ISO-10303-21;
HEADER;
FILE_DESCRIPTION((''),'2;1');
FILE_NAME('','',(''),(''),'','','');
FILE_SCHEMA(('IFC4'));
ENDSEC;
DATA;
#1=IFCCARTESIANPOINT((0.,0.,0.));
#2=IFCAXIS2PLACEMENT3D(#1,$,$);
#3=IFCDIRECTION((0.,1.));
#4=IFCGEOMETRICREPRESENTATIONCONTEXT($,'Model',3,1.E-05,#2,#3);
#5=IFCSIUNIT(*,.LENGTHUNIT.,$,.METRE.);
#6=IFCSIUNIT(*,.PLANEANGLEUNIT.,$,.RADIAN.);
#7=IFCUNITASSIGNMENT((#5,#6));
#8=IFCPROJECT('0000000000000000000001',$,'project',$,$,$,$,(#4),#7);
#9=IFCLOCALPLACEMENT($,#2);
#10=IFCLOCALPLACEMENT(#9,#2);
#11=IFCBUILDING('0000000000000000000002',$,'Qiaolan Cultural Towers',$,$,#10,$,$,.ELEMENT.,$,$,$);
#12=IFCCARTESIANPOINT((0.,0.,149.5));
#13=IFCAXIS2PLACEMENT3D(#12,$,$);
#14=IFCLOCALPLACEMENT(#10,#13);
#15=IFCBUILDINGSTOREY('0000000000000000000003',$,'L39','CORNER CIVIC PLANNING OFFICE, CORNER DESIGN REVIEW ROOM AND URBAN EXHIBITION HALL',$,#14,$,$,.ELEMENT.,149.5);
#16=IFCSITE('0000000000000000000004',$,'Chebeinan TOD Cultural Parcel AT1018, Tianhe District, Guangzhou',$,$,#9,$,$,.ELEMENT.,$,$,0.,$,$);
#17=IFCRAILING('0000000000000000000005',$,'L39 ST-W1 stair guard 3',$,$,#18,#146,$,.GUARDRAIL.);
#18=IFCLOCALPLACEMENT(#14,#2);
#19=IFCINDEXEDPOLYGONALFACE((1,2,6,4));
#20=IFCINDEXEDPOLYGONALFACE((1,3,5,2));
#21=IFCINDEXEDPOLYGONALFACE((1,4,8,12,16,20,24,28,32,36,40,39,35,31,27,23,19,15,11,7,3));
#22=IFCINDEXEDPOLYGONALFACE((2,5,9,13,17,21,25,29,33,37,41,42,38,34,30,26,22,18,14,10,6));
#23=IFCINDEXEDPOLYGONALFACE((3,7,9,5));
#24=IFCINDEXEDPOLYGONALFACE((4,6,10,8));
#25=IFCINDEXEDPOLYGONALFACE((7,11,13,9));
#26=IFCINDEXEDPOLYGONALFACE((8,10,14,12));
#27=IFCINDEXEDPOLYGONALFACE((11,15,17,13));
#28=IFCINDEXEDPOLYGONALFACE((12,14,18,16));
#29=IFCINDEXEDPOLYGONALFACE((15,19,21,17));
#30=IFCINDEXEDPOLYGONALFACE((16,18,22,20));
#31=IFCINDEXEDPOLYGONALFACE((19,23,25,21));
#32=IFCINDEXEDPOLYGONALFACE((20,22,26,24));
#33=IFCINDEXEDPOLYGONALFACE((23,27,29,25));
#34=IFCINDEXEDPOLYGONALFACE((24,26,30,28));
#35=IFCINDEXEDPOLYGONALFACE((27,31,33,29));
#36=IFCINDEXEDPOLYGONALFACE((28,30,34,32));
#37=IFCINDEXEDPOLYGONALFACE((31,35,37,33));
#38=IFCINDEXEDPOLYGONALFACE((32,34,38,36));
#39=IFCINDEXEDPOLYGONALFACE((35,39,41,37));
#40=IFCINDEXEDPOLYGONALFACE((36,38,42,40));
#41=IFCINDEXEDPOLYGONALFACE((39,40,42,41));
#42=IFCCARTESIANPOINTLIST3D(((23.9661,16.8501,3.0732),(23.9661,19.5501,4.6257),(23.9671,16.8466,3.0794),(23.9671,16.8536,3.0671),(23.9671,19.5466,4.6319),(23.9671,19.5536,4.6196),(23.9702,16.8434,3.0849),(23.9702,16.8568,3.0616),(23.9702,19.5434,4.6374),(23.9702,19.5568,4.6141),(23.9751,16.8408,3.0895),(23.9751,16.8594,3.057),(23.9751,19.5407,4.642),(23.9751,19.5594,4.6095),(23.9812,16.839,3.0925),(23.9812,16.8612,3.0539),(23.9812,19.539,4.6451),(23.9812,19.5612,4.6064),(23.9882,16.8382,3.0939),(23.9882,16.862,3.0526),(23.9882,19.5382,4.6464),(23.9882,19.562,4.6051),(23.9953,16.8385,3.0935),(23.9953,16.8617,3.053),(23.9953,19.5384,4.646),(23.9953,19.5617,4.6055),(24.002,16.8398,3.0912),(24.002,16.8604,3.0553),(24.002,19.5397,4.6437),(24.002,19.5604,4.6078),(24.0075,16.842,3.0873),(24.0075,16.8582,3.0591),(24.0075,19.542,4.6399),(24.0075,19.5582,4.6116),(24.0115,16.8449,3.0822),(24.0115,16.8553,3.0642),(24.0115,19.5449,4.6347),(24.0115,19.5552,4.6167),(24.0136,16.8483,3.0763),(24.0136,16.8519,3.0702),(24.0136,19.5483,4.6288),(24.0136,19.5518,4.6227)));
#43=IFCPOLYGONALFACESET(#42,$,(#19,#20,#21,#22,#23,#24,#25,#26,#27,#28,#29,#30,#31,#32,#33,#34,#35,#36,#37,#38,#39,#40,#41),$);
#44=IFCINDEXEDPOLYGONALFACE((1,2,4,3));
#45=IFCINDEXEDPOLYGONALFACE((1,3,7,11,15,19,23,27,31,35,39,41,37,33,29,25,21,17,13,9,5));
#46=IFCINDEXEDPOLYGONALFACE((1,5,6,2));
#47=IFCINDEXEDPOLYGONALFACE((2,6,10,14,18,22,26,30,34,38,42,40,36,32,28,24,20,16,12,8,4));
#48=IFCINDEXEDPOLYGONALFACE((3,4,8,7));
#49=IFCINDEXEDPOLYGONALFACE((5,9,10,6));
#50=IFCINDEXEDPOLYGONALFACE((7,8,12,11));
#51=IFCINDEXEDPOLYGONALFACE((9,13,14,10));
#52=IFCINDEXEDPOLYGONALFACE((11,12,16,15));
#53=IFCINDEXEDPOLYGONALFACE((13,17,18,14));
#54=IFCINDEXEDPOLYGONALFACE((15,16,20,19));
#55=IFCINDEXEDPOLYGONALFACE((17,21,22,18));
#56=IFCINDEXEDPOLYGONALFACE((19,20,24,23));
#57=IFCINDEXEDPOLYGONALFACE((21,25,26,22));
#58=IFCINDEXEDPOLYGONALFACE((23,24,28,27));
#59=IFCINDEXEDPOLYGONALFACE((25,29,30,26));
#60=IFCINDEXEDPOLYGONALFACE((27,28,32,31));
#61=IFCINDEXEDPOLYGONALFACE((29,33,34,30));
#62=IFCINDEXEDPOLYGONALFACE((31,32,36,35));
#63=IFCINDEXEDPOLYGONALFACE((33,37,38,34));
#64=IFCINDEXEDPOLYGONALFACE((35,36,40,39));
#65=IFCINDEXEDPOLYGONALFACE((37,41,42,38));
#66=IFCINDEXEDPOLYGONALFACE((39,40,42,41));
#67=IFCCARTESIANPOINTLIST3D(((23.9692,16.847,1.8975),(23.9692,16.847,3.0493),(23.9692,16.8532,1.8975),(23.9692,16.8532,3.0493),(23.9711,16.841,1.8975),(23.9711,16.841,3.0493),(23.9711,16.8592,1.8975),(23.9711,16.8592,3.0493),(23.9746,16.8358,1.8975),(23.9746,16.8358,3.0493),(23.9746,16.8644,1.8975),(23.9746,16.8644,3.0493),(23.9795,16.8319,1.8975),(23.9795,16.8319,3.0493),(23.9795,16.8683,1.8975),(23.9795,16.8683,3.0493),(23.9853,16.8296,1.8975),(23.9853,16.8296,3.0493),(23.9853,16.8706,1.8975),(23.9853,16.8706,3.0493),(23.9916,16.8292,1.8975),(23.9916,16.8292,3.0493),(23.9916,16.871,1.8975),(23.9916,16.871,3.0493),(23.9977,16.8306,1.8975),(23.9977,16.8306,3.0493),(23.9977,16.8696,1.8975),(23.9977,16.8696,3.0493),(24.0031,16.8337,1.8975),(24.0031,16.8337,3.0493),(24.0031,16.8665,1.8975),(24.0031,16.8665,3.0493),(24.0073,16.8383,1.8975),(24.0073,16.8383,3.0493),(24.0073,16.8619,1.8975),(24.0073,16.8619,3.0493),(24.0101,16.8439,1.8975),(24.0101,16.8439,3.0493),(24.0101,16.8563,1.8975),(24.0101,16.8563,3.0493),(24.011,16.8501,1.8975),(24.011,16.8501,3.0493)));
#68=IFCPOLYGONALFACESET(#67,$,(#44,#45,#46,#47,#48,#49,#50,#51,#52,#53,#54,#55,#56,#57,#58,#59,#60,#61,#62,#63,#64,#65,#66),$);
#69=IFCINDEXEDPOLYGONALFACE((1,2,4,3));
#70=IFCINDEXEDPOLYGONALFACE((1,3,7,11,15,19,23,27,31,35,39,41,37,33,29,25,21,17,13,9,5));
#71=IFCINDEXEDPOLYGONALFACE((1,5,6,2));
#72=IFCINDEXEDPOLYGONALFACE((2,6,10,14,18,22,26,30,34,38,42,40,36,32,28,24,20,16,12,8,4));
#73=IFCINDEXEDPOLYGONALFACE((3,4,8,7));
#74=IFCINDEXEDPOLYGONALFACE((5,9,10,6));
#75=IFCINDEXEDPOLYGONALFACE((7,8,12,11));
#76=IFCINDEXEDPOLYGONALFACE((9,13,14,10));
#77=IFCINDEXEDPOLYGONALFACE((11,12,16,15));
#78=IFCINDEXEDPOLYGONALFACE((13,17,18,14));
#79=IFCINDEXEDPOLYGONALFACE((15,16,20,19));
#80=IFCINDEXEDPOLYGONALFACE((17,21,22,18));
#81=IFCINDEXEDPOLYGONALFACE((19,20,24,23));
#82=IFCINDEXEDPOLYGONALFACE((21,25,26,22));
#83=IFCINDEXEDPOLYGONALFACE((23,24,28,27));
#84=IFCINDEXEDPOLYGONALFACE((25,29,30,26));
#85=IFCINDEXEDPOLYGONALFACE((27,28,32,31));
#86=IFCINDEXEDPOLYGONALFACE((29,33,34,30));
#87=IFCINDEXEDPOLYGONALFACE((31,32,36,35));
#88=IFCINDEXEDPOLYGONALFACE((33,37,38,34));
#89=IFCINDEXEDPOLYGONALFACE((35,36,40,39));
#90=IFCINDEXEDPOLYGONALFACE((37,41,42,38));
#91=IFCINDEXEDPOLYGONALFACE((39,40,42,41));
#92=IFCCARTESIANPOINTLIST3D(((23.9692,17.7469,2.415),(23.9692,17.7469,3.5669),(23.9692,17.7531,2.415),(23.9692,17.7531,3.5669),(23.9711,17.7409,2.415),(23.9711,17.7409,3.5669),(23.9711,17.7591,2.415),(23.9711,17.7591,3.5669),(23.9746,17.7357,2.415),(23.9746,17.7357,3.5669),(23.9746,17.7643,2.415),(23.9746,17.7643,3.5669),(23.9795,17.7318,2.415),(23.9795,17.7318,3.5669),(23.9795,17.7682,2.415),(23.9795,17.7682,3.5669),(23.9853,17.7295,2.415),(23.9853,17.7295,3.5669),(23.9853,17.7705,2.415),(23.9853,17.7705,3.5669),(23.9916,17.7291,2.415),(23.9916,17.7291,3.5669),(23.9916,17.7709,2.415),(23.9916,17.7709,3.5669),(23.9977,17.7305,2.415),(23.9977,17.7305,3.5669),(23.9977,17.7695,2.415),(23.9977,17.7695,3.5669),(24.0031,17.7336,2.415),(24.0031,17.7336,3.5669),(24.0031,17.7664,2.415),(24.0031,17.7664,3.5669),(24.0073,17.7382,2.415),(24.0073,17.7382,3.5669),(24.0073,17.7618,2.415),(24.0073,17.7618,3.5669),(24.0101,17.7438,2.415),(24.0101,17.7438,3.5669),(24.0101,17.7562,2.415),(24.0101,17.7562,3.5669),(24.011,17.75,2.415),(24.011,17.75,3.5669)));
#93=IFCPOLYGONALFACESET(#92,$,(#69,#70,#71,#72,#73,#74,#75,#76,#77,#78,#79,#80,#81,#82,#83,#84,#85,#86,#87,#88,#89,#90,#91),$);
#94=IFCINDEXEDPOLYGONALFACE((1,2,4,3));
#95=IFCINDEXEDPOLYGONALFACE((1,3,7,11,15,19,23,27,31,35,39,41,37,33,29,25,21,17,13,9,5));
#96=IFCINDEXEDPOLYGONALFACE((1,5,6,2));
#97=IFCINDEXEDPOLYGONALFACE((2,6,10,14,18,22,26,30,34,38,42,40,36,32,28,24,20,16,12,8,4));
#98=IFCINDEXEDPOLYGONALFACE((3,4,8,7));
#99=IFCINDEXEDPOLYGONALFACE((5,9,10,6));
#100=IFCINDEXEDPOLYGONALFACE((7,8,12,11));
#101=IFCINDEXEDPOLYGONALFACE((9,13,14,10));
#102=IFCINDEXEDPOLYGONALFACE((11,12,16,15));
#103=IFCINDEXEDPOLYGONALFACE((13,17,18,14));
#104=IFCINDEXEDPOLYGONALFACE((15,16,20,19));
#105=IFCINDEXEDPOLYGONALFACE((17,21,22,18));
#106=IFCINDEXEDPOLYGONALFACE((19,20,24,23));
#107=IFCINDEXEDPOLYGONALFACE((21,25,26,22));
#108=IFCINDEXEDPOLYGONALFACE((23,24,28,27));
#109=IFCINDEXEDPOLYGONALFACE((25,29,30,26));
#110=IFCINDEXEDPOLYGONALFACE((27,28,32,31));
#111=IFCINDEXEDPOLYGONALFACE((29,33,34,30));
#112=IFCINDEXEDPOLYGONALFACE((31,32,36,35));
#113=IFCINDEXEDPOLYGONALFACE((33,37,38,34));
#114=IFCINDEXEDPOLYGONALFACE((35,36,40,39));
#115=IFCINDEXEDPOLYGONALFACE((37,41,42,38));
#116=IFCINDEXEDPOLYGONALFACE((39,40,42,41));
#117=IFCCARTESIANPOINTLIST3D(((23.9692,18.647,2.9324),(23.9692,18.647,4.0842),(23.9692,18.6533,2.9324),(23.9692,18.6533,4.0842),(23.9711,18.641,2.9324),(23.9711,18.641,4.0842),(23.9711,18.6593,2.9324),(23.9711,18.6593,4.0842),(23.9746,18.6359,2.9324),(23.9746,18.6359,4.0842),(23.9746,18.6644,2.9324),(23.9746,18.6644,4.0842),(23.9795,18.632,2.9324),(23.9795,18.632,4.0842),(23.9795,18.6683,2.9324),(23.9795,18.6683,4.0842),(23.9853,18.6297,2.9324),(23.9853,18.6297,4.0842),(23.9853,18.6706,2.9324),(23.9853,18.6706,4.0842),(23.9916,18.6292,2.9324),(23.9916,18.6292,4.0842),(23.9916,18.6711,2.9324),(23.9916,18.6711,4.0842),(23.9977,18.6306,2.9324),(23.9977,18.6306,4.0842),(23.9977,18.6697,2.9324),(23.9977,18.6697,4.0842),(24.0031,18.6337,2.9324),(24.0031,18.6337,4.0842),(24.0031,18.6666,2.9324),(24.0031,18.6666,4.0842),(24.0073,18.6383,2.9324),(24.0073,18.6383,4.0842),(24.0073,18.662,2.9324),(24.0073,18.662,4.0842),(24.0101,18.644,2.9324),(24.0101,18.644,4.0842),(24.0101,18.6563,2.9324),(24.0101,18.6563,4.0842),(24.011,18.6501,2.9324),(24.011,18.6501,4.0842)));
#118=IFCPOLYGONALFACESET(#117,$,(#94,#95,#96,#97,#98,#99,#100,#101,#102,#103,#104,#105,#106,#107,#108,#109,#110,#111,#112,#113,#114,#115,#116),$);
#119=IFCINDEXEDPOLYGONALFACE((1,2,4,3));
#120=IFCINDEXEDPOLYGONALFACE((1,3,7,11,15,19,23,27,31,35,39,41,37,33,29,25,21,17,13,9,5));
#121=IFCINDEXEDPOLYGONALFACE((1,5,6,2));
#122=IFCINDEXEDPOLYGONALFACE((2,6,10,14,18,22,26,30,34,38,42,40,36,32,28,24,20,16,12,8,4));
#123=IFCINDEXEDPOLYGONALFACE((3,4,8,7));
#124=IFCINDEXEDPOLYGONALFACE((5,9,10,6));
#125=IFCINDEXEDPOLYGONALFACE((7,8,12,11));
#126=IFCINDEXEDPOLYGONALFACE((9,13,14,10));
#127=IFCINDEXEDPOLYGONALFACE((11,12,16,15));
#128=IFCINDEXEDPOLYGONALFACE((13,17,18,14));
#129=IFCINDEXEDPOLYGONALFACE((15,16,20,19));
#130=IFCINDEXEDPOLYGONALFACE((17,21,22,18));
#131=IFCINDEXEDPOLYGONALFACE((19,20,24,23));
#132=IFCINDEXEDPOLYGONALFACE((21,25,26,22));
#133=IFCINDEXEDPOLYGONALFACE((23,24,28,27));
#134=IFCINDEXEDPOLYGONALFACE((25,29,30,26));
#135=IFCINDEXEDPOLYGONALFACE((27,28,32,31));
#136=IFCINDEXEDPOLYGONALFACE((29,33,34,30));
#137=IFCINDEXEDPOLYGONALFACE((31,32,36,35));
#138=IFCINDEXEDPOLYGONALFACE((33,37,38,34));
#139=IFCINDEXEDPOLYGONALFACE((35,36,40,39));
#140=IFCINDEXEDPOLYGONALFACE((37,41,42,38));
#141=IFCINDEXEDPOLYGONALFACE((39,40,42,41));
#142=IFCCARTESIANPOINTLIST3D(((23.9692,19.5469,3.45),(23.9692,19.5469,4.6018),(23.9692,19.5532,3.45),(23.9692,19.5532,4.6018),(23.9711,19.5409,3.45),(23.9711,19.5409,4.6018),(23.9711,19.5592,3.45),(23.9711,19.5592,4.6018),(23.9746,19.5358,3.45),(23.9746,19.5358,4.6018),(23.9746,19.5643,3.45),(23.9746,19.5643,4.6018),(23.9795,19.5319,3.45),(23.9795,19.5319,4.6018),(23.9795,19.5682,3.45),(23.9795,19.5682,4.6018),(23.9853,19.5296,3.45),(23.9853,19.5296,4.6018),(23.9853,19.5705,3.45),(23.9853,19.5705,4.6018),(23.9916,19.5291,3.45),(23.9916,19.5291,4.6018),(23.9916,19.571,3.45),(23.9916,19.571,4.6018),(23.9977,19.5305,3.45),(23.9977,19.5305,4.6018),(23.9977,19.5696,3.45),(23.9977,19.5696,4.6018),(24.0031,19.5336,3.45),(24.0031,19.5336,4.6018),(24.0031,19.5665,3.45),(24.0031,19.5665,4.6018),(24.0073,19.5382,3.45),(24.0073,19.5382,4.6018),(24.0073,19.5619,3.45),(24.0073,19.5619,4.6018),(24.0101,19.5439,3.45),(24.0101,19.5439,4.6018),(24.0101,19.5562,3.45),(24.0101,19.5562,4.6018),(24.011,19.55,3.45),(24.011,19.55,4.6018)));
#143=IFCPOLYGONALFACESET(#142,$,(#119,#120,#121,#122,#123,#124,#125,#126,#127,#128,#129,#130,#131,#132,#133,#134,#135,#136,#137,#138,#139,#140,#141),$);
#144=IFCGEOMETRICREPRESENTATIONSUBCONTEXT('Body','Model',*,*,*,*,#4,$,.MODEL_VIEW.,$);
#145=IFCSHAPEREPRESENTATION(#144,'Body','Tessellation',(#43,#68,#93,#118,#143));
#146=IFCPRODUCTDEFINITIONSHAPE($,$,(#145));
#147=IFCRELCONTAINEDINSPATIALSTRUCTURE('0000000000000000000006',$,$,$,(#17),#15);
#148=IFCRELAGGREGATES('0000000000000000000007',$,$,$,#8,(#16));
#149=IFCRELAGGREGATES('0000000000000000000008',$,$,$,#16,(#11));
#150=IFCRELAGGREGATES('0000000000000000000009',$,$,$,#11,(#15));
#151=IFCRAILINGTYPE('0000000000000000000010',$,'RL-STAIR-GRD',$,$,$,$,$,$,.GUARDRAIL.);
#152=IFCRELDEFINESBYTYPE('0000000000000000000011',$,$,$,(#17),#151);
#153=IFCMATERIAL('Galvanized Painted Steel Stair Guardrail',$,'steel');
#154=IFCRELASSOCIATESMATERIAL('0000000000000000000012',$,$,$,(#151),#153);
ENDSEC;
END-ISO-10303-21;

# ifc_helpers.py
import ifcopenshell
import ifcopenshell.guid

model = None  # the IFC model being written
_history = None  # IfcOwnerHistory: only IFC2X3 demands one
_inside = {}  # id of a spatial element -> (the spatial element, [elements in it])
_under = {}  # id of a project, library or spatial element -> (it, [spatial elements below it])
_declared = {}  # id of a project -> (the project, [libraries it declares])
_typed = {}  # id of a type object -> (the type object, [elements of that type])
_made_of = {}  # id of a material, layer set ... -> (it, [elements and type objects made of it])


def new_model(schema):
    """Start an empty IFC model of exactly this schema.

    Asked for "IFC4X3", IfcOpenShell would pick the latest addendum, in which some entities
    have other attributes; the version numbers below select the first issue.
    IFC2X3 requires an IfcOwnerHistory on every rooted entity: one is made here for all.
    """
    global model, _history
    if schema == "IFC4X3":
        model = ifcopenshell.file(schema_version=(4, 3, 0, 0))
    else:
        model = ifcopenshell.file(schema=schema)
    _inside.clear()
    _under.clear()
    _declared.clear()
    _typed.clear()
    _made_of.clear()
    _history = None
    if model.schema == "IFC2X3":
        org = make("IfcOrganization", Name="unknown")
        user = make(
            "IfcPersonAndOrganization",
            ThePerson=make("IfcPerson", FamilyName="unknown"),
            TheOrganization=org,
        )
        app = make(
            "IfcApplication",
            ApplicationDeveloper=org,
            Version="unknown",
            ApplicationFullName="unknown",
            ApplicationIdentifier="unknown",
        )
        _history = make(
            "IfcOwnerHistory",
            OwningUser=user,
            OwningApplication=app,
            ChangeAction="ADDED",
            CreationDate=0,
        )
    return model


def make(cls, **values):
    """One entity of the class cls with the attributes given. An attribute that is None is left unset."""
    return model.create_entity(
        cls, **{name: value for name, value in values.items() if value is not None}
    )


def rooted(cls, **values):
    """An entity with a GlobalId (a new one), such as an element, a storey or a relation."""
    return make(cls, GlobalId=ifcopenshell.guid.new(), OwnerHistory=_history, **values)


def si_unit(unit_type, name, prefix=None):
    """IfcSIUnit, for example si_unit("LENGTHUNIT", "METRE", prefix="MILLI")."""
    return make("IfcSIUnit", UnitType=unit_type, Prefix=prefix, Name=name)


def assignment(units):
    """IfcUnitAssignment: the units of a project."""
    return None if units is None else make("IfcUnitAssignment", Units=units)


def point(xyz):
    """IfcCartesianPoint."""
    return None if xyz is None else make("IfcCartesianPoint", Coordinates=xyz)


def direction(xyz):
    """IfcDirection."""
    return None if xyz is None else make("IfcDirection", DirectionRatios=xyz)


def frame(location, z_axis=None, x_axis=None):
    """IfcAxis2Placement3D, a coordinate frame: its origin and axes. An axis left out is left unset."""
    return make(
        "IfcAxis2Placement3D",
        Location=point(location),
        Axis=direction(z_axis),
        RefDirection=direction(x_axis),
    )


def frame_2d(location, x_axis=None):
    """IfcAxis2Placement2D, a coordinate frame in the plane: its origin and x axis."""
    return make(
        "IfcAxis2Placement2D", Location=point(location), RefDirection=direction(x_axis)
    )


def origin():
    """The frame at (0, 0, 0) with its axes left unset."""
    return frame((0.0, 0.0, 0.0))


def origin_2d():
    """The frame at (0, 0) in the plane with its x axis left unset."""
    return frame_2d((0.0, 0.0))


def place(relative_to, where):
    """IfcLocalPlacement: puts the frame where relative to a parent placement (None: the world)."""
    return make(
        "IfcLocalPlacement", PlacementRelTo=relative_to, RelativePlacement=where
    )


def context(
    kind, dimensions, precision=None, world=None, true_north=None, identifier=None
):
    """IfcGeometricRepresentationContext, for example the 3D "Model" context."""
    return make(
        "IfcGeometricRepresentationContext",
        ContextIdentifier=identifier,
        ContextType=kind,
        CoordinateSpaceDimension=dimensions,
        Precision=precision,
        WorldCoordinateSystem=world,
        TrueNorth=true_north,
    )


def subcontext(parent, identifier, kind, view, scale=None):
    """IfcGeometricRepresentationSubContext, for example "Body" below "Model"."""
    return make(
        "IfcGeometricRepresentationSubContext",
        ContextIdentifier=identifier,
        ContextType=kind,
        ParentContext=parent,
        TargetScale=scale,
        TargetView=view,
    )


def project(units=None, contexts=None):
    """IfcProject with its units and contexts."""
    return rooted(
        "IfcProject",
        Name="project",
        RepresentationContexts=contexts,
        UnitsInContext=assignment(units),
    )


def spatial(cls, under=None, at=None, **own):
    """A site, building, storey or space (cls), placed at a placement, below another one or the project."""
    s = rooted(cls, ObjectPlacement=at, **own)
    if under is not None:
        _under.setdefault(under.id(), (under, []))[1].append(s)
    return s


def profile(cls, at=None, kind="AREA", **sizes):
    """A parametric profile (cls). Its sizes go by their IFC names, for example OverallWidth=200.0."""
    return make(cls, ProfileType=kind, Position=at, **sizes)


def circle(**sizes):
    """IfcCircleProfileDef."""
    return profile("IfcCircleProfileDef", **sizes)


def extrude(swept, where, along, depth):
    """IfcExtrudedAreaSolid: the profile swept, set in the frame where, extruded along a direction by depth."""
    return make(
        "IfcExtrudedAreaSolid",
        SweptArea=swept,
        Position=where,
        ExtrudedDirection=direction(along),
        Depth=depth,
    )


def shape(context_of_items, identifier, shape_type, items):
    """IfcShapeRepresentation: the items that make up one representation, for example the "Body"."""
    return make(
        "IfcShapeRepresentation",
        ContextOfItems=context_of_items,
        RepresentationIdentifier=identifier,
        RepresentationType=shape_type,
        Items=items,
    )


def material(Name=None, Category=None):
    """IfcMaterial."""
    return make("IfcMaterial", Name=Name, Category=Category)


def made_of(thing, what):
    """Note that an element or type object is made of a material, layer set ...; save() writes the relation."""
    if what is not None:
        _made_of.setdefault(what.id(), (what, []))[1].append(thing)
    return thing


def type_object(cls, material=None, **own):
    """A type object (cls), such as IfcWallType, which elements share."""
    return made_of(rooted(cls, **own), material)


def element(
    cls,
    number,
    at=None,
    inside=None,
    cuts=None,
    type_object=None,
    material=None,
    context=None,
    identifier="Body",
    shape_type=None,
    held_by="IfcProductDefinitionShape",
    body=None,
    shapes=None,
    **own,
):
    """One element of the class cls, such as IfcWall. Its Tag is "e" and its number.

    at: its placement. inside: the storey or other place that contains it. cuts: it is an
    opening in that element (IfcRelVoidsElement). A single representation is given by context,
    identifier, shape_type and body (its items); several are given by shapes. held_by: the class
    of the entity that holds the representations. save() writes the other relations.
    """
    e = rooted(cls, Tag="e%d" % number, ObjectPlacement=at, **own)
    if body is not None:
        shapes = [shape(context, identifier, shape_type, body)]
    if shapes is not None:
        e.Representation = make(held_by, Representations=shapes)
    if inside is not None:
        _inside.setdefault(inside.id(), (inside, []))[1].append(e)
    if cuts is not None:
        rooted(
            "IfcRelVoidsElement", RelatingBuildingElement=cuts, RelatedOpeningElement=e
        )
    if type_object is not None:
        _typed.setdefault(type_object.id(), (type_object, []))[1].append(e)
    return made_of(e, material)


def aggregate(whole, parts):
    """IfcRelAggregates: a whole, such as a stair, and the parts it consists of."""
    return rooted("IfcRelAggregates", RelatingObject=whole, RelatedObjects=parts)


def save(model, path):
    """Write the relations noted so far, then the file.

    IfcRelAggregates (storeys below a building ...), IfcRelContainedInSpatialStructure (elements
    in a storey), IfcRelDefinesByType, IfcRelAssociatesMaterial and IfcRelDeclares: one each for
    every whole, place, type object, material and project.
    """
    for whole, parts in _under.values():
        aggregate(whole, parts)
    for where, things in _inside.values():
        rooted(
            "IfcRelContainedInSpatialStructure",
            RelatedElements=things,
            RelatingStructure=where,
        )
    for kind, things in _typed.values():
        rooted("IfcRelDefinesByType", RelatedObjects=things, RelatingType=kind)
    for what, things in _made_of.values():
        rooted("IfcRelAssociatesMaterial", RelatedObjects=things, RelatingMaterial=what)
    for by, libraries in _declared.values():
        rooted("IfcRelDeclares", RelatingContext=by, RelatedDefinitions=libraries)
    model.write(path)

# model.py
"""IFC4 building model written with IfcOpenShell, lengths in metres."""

from ifc_helpers import new_model, si_unit, direction, frame, origin, origin_2d, place, context, subcontext, project, spatial, circle, extrude, material, type_object, element, save


model = new_model("IFC4")

# Units and contexts
model_context = context("Model", 3, precision=1e-05, world=origin(), true_north=direction((0.0, 1.0)))
body_context = subcontext(model_context, "Body", "Model", "MODEL_VIEW")
ifc_project = project(units=[si_unit("LENGTHUNIT", "METRE"), si_unit("PLANEANGLEUNIT", "RADIAN")], contexts=[model_context])

# Site, building, storey
site_placement = place(None, origin())
site = spatial("IfcSite", under=ifc_project, at=site_placement, Name="Chebeinan TOD Cultural Parcel AT1018, Tianhe District, Guangzhou", CompositionType="ELEMENT", RefElevation=0.0)
building_placement = place(site_placement, origin())
building = spatial("IfcBuilding", under=site, at=building_placement, Name="Qiaolan Cultural Towers", CompositionType="ELEMENT")
storey_placement = place(building_placement, frame((0.0, 0.0, 149.5)))
storey = spatial("IfcBuildingStorey", under=building, at=storey_placement, Name="L39", Description="CORNER CIVIC PLANNING OFFICE, CORNER DESIGN REVIEW ROOM AND URBAN EXHIBITION HALL", CompositionType="ELEMENT", Elevation=149.5)

# Railing
ifc_material_1 = material(Name="Galvanized Painted Steel Stair Guardrail", Category="steel")
railing_type_1 = type_object("IfcRailingType", Name="RL-STAIR-GRD", PredefinedType="GUARDRAIL", material=ifc_material_1)
railing_1_placement = place(storey_placement, frame((23.99, 16.8501, 1.8975)))
element("IfcRailing", 1, at=railing_1_placement, inside=storey, type_object=railing_type_1, Name="L39 ST-W1 stair guard 3", PredefinedType="GUARDRAIL", context=body_context, shape_type="SweptSolid", body=[
    extrude(circle(Radius=0.0239, at=origin_2d()), frame((0.0, 0.0, 1.1758), z_axis=(0.0, 0.866904, 0.498476), x_axis=(-1.0, 0.0, 0.0)), (0.0, 0.0, 1.0), 3.1145),
    extrude(circle(Radius=0.021, at=origin_2d()), origin(), (0.0, 0.0, 1.0), 1.1519),
    extrude(circle(Radius=0.021, at=origin_2d()), frame((0.0, 0.8999, 0.5176)), (0.0, 0.0, 1.0), 1.1519),
    extrude(circle(Radius=0.021, at=origin_2d()), frame((0.0, 1.8, 1.0349)), (0.0, 0.0, 1.0), 1.1519),
    extrude(circle(Radius=0.021, at=origin_2d()), frame((0.0, 2.7, 1.5525)), (0.0, 0.0, 1.0), 1.1519),
])

save(model, "model.ifc")
